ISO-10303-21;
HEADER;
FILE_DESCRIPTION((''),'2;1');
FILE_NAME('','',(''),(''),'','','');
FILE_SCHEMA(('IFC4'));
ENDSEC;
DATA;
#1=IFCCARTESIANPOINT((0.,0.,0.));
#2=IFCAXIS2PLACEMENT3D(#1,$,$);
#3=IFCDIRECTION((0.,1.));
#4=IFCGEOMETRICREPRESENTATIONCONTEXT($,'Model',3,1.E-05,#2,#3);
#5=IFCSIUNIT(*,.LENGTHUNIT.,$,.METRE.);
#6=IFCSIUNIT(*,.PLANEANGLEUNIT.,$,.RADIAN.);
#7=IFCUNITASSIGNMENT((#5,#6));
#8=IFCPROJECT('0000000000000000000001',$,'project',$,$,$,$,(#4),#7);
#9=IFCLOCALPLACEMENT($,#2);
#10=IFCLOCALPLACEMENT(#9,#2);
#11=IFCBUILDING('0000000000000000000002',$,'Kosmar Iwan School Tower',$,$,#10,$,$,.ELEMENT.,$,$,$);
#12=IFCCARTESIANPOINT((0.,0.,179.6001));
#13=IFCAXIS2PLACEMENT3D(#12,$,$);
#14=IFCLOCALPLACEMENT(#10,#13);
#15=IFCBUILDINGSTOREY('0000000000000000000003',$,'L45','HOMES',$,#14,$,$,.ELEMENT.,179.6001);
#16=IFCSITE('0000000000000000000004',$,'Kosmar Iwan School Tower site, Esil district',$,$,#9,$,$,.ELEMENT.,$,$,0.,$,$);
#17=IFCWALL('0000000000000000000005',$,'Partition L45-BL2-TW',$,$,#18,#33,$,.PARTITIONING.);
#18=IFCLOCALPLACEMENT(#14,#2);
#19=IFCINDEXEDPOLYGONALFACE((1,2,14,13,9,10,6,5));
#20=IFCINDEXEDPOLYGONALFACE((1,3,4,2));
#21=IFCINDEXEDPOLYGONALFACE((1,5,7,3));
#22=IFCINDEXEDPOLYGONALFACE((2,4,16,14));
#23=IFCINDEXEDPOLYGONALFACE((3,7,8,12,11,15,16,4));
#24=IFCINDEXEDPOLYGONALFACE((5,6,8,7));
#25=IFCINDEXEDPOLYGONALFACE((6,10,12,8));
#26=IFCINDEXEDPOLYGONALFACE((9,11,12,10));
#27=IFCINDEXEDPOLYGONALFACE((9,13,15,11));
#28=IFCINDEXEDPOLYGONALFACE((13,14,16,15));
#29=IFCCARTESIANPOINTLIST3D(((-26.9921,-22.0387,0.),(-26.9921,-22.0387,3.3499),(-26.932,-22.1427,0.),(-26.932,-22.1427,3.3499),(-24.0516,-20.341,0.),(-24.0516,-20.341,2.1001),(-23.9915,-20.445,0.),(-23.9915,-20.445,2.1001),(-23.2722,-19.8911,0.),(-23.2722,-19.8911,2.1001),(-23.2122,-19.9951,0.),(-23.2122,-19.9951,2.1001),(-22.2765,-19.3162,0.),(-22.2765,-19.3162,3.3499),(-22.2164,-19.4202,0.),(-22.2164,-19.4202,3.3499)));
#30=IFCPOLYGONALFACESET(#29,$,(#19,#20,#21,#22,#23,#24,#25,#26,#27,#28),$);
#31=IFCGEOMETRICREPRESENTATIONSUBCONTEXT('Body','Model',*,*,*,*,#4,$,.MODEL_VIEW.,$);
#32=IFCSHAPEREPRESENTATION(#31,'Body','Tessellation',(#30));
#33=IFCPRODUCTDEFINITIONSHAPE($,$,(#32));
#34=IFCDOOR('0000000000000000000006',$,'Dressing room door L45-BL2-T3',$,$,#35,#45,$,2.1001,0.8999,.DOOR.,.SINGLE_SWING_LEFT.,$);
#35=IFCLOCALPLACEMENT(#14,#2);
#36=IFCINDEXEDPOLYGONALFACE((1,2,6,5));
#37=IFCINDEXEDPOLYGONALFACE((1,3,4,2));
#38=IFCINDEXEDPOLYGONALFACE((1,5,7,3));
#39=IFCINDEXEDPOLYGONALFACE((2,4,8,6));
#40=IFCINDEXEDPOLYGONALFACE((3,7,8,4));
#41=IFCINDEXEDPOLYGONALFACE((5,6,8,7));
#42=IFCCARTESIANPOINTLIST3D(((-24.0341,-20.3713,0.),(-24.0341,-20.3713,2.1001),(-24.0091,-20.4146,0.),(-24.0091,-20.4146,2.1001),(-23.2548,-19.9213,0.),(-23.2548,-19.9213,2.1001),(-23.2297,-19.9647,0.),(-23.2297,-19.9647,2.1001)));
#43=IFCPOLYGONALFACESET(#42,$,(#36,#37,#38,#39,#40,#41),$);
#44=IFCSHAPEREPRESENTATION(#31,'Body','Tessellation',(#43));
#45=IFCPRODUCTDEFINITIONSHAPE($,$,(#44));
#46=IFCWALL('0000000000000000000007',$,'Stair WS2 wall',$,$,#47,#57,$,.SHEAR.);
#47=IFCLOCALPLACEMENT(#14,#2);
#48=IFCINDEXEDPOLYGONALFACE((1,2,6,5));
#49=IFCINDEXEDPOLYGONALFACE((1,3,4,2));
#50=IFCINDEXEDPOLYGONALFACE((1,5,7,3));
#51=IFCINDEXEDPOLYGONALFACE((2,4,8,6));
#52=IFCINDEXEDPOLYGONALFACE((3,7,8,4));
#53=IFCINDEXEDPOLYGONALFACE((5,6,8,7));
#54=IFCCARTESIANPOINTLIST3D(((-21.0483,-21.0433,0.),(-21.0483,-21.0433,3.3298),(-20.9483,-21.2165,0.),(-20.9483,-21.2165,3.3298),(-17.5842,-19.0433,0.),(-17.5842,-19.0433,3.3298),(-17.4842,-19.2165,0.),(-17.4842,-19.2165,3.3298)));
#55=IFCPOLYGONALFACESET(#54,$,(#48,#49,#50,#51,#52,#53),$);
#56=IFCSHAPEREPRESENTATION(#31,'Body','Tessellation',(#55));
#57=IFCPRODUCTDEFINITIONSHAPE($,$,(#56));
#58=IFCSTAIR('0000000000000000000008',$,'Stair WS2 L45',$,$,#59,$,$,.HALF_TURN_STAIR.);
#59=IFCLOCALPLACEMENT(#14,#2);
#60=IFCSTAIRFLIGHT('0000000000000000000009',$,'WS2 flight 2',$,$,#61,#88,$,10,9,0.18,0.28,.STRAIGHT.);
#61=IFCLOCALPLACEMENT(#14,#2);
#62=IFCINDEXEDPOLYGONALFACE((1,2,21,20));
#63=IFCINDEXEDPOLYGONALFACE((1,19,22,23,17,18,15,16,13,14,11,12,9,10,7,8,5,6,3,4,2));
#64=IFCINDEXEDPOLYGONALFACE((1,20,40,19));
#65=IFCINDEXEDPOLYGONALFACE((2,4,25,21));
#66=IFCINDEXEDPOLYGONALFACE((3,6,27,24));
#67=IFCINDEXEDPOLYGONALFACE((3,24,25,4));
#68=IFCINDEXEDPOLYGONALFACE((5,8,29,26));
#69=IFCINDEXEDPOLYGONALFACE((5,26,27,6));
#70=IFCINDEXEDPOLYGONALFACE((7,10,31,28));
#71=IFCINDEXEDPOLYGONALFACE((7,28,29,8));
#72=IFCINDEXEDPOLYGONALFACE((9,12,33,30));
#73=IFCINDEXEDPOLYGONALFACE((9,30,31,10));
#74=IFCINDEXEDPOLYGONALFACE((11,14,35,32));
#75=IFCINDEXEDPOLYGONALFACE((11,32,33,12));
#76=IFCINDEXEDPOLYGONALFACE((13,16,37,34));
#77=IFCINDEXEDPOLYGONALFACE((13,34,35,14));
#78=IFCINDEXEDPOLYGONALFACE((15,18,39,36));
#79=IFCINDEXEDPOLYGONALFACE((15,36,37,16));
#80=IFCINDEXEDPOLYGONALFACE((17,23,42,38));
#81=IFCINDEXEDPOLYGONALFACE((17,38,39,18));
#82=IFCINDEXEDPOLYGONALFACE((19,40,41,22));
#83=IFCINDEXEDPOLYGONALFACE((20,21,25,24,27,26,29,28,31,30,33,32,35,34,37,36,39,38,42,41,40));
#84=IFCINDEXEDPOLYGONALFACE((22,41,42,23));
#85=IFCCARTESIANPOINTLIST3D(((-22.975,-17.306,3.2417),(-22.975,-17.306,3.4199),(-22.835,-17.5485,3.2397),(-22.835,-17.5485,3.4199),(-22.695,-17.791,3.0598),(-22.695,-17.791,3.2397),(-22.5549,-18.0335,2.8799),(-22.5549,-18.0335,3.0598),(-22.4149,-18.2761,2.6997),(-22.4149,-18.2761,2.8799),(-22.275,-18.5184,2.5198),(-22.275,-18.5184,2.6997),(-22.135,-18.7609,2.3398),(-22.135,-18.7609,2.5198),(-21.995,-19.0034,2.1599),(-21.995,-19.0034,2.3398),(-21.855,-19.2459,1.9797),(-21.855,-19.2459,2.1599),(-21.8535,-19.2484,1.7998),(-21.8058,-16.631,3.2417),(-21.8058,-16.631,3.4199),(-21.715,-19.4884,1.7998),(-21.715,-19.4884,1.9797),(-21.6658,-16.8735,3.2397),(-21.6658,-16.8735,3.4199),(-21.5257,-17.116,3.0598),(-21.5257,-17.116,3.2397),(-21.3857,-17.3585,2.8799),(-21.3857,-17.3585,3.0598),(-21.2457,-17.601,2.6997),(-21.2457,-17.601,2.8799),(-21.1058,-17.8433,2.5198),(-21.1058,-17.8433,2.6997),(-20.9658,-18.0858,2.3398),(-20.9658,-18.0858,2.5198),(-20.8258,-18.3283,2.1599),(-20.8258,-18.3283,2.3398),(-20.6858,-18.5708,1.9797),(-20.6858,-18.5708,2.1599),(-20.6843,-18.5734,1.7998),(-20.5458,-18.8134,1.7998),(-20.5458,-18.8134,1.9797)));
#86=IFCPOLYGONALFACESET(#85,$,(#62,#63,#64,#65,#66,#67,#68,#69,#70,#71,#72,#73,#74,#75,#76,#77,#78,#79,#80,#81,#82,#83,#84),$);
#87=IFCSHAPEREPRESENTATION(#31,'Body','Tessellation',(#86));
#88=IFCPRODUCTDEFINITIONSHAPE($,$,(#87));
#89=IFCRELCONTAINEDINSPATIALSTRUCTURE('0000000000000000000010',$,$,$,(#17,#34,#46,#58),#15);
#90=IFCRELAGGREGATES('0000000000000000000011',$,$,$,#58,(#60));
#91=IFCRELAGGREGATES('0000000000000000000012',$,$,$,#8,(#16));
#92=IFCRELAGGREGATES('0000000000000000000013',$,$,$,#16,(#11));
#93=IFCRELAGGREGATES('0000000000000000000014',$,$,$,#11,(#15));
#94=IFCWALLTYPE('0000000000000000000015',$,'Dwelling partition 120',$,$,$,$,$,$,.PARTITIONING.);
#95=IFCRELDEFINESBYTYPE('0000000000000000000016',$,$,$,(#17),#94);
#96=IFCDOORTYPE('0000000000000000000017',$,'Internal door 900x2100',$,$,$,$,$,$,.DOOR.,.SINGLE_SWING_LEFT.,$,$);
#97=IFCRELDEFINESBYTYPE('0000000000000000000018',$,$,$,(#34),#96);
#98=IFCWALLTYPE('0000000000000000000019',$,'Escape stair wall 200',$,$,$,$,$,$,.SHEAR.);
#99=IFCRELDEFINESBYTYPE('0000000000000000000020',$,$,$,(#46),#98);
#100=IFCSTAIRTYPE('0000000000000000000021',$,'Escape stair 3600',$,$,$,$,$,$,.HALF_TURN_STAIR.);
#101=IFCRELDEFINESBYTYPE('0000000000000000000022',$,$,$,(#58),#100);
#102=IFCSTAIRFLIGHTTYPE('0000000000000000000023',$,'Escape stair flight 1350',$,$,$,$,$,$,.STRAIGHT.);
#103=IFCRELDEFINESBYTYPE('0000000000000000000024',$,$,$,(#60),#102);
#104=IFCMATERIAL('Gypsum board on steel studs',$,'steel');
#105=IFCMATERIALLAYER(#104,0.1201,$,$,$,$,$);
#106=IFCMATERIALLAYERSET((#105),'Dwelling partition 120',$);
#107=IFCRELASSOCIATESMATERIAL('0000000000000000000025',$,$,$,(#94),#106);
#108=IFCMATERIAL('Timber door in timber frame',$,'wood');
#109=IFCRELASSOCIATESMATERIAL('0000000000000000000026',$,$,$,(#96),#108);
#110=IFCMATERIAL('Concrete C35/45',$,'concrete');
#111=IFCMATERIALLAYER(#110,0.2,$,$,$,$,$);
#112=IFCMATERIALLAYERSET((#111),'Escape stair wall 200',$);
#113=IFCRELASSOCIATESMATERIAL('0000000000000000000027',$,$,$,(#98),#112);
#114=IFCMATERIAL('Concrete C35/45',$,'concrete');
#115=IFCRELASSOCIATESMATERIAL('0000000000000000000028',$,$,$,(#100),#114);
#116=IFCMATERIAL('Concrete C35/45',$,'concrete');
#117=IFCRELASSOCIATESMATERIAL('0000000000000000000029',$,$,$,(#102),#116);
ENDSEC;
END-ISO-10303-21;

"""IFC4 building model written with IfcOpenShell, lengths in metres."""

from ifc_helpers import new_model, si_unit, direction, frame, frame_2d, origin, place, context, subcontext, project, spatial, polyline, rectangle, outline, extrude, material, layer, layer_set, type_object, element, fill, aggregate, save


model = new_model("IFC4")

# Units and contexts
model_context = context("Model", 3, precision=1e-05, world=origin(), true_north=direction((0.0, 1.0)))
body_context = subcontext(model_context, "Body", "Model", "MODEL_VIEW")
ifc_project = project(units=[si_unit("LENGTHUNIT", "METRE"), si_unit("PLANEANGLEUNIT", "RADIAN")], contexts=[model_context])

# Site, building, storey
site_placement = place(None, origin())
site = spatial("IfcSite", under=ifc_project, at=site_placement, Name="Kosmar Iwan School Tower site, Esil district", CompositionType="ELEMENT", RefElevation=0.0)
building_placement = place(site_placement, origin())
building = spatial("IfcBuilding", under=site, at=building_placement, Name="Kosmar Iwan School Tower", CompositionType="ELEMENT")
storey_placement = place(building_placement, frame((0.0, 0.0, 179.6001)))
storey = spatial("IfcBuildingStorey", under=building, at=storey_placement, Name="L45", Description="HOMES", CompositionType="ELEMENT", Elevation=179.6001)

# Wall, opening, door
ifc_material_1 = material(Name="Gypsum board on steel studs", Category="steel")
ifc_layer_1 = layer(ifc_material_1, 0.1201)
ifc_layer_set_1 = layer_set([ifc_layer_1], Name="Dwelling partition 120")
wall_type_1 = type_object("IfcWallType", Name="Dwelling partition 120", PredefinedType="PARTITIONING", material=ifc_layer_set_1)
ifc_material_2 = material(Name="Timber door in timber frame", Category="wood")
door_type = type_object("IfcDoorType", Name="Internal door 900x2100", OperationType="SINGLE_SWING_LEFT", PredefinedType="DOOR", material=ifc_material_2)
wall_1_placement = place(storey_placement, frame((-22.2463, -19.3682, 0.0), z_axis=(0.0, 0.0, 1.0), x_axis=(-0.866036, -0.499982, 0.0)))
wall_1 = element("IfcWall", 1, at=wall_1_placement, inside=storey, type_object=wall_type_1, Name="Partition L45-BL2-TW", PredefinedType="PARTITIONING", context=body_context, shape_type="SweptSolid", body=[
    extrude(rectangle(XDim=5.4451, YDim=0.1201, at=frame_2d((2.7227, 0.0))), origin(), (0.0, 0.0, 1.0), 3.3499),
])
opening_1_placement = place(wall_1_placement, frame((1.1499, 0.0, 0.0)))
opening_1 = element("IfcOpeningElement", 2, at=opening_1_placement, cuts=wall_1, PredefinedType="OPENING", context=body_context, shape_type="SweptSolid", body=[
    extrude(rectangle(XDim=0.8999, YDim=2.1001, at=frame_2d((0.45, 1.05))), frame((0.0, 0.072, 0.0), z_axis=(0.0, -1.0, 0.0), x_axis=(1.0, 0.0, 0.0)), (0.0, 0.0, 1.0), 0.144),
])
door_1_placement = place(opening_1_placement, origin())
door_1 = element("IfcDoor", 3, at=door_1_placement, inside=storey, type_object=door_type, Name="Dressing room door L45-BL2-T3", OperationType="SINGLE_SWING_LEFT", OverallHeight=2.1001, OverallWidth=0.8999, PredefinedType="DOOR", context=body_context, shape_type="SweptSolid", body=[
    extrude(rectangle(XDim=0.8999, YDim=2.1001, at=frame_2d((0.45, 1.05))), frame((0.0, 0.0249, 0.0), z_axis=(0.0, -1.0, 0.0), x_axis=(1.0, 0.0, 0.0)), (0.0, 0.0, 1.0), 0.05),
])
fill(opening_1, door_1)

# Wall
ifc_material_3 = material(Name="Concrete C35/45", Category="concrete")
ifc_layer_2 = layer(ifc_material_3, 0.2)
ifc_layer_set_2 = layer_set([ifc_layer_2], Name="Escape stair wall 200")
wall_type_2 = type_object("IfcWallType", Name="Escape stair wall 200", PredefinedType="SHEAR", material=ifc_layer_set_2)
wall_2_placement = place(storey_placement, frame((-17.5342, -19.1299, 0.0), z_axis=(0.0, 0.0, 1.0), x_axis=(-0.866026, -0.499999, 0.0)))
element("IfcWall", 4, at=wall_2_placement, inside=storey, type_object=wall_type_2, Name="Stair WS2 wall", PredefinedType="SHEAR", context=body_context, shape_type="SweptSolid", body=[
    extrude(rectangle(XDim=4.0, YDim=0.2, at=frame_2d((2.0, 0.0))), origin(), (0.0, 0.0, 1.0), 3.3298),
])

# Stair, stair flight
ifc_material_4 = material(Name="Concrete C35/45", Category="concrete")
stair_type = type_object("IfcStairType", Name="Escape stair 3600", PredefinedType="HALF_TURN_STAIR", material=ifc_material_4)
stair_placement = place(storey_placement, origin())
stair = element("IfcStair", 5, at=stair_placement, inside=storey, type_object=stair_type, Name="Stair WS2 L45", PredefinedType="HALF_TURN_STAIR")
ifc_material_5 = material(Name="Concrete C35/45", Category="concrete")
stair_flight_type = type_object("IfcStairFlightType", Name="Escape stair flight 1350", PredefinedType="STRAIGHT", material=ifc_material_5)
stair_flight_placement = place(storey_placement, frame((-21.1304, -19.1509, 1.7998), z_axis=(0.0, 0.0, 1.0), x_axis=(-0.5, 0.866025, 0.0)))
stair_flight = element("IfcStairFlight", 6, at=stair_flight_placement, type_object=stair_flight_type, Name="WS2 flight 2", NumberOfRisers=10, NumberOfTreads=9, PredefinedType="STRAIGHT", RiserHeight=0.18, TreadLength=0.28, context=body_context, shape_type="SweptSolid", body=[
    extrude(outline(polyline([(0.0, 0.0), (0.0, 0.1799), (0.28, 0.1799), (0.28, 0.3601), (0.5601, 0.3601), (0.5601, 0.54), (0.8401, 0.54), (0.8401, 0.72), (1.1201, 0.72), (1.1201, 0.8999), (1.3999, 0.8999), (1.3999, 1.0801), (1.6799, 1.0801), (1.6799, 1.26), (1.96, 1.26), (1.96, 1.4399), (2.24, 1.4399), (2.24, 1.6201), (2.52, 1.6201), (2.52, 1.8), (2.52, 1.4419), (0.2771, 0.0), (0.0, 0.0)])), frame((0.0, 0.675, 0.0), z_axis=(0.0, -1.0, 0.0), x_axis=(1.0, 0.0, 0.0)), (0.0, 0.0, 1.0), 1.3501),
])
aggregate(stair, [stair_flight])

save(model, "model.ifc")
